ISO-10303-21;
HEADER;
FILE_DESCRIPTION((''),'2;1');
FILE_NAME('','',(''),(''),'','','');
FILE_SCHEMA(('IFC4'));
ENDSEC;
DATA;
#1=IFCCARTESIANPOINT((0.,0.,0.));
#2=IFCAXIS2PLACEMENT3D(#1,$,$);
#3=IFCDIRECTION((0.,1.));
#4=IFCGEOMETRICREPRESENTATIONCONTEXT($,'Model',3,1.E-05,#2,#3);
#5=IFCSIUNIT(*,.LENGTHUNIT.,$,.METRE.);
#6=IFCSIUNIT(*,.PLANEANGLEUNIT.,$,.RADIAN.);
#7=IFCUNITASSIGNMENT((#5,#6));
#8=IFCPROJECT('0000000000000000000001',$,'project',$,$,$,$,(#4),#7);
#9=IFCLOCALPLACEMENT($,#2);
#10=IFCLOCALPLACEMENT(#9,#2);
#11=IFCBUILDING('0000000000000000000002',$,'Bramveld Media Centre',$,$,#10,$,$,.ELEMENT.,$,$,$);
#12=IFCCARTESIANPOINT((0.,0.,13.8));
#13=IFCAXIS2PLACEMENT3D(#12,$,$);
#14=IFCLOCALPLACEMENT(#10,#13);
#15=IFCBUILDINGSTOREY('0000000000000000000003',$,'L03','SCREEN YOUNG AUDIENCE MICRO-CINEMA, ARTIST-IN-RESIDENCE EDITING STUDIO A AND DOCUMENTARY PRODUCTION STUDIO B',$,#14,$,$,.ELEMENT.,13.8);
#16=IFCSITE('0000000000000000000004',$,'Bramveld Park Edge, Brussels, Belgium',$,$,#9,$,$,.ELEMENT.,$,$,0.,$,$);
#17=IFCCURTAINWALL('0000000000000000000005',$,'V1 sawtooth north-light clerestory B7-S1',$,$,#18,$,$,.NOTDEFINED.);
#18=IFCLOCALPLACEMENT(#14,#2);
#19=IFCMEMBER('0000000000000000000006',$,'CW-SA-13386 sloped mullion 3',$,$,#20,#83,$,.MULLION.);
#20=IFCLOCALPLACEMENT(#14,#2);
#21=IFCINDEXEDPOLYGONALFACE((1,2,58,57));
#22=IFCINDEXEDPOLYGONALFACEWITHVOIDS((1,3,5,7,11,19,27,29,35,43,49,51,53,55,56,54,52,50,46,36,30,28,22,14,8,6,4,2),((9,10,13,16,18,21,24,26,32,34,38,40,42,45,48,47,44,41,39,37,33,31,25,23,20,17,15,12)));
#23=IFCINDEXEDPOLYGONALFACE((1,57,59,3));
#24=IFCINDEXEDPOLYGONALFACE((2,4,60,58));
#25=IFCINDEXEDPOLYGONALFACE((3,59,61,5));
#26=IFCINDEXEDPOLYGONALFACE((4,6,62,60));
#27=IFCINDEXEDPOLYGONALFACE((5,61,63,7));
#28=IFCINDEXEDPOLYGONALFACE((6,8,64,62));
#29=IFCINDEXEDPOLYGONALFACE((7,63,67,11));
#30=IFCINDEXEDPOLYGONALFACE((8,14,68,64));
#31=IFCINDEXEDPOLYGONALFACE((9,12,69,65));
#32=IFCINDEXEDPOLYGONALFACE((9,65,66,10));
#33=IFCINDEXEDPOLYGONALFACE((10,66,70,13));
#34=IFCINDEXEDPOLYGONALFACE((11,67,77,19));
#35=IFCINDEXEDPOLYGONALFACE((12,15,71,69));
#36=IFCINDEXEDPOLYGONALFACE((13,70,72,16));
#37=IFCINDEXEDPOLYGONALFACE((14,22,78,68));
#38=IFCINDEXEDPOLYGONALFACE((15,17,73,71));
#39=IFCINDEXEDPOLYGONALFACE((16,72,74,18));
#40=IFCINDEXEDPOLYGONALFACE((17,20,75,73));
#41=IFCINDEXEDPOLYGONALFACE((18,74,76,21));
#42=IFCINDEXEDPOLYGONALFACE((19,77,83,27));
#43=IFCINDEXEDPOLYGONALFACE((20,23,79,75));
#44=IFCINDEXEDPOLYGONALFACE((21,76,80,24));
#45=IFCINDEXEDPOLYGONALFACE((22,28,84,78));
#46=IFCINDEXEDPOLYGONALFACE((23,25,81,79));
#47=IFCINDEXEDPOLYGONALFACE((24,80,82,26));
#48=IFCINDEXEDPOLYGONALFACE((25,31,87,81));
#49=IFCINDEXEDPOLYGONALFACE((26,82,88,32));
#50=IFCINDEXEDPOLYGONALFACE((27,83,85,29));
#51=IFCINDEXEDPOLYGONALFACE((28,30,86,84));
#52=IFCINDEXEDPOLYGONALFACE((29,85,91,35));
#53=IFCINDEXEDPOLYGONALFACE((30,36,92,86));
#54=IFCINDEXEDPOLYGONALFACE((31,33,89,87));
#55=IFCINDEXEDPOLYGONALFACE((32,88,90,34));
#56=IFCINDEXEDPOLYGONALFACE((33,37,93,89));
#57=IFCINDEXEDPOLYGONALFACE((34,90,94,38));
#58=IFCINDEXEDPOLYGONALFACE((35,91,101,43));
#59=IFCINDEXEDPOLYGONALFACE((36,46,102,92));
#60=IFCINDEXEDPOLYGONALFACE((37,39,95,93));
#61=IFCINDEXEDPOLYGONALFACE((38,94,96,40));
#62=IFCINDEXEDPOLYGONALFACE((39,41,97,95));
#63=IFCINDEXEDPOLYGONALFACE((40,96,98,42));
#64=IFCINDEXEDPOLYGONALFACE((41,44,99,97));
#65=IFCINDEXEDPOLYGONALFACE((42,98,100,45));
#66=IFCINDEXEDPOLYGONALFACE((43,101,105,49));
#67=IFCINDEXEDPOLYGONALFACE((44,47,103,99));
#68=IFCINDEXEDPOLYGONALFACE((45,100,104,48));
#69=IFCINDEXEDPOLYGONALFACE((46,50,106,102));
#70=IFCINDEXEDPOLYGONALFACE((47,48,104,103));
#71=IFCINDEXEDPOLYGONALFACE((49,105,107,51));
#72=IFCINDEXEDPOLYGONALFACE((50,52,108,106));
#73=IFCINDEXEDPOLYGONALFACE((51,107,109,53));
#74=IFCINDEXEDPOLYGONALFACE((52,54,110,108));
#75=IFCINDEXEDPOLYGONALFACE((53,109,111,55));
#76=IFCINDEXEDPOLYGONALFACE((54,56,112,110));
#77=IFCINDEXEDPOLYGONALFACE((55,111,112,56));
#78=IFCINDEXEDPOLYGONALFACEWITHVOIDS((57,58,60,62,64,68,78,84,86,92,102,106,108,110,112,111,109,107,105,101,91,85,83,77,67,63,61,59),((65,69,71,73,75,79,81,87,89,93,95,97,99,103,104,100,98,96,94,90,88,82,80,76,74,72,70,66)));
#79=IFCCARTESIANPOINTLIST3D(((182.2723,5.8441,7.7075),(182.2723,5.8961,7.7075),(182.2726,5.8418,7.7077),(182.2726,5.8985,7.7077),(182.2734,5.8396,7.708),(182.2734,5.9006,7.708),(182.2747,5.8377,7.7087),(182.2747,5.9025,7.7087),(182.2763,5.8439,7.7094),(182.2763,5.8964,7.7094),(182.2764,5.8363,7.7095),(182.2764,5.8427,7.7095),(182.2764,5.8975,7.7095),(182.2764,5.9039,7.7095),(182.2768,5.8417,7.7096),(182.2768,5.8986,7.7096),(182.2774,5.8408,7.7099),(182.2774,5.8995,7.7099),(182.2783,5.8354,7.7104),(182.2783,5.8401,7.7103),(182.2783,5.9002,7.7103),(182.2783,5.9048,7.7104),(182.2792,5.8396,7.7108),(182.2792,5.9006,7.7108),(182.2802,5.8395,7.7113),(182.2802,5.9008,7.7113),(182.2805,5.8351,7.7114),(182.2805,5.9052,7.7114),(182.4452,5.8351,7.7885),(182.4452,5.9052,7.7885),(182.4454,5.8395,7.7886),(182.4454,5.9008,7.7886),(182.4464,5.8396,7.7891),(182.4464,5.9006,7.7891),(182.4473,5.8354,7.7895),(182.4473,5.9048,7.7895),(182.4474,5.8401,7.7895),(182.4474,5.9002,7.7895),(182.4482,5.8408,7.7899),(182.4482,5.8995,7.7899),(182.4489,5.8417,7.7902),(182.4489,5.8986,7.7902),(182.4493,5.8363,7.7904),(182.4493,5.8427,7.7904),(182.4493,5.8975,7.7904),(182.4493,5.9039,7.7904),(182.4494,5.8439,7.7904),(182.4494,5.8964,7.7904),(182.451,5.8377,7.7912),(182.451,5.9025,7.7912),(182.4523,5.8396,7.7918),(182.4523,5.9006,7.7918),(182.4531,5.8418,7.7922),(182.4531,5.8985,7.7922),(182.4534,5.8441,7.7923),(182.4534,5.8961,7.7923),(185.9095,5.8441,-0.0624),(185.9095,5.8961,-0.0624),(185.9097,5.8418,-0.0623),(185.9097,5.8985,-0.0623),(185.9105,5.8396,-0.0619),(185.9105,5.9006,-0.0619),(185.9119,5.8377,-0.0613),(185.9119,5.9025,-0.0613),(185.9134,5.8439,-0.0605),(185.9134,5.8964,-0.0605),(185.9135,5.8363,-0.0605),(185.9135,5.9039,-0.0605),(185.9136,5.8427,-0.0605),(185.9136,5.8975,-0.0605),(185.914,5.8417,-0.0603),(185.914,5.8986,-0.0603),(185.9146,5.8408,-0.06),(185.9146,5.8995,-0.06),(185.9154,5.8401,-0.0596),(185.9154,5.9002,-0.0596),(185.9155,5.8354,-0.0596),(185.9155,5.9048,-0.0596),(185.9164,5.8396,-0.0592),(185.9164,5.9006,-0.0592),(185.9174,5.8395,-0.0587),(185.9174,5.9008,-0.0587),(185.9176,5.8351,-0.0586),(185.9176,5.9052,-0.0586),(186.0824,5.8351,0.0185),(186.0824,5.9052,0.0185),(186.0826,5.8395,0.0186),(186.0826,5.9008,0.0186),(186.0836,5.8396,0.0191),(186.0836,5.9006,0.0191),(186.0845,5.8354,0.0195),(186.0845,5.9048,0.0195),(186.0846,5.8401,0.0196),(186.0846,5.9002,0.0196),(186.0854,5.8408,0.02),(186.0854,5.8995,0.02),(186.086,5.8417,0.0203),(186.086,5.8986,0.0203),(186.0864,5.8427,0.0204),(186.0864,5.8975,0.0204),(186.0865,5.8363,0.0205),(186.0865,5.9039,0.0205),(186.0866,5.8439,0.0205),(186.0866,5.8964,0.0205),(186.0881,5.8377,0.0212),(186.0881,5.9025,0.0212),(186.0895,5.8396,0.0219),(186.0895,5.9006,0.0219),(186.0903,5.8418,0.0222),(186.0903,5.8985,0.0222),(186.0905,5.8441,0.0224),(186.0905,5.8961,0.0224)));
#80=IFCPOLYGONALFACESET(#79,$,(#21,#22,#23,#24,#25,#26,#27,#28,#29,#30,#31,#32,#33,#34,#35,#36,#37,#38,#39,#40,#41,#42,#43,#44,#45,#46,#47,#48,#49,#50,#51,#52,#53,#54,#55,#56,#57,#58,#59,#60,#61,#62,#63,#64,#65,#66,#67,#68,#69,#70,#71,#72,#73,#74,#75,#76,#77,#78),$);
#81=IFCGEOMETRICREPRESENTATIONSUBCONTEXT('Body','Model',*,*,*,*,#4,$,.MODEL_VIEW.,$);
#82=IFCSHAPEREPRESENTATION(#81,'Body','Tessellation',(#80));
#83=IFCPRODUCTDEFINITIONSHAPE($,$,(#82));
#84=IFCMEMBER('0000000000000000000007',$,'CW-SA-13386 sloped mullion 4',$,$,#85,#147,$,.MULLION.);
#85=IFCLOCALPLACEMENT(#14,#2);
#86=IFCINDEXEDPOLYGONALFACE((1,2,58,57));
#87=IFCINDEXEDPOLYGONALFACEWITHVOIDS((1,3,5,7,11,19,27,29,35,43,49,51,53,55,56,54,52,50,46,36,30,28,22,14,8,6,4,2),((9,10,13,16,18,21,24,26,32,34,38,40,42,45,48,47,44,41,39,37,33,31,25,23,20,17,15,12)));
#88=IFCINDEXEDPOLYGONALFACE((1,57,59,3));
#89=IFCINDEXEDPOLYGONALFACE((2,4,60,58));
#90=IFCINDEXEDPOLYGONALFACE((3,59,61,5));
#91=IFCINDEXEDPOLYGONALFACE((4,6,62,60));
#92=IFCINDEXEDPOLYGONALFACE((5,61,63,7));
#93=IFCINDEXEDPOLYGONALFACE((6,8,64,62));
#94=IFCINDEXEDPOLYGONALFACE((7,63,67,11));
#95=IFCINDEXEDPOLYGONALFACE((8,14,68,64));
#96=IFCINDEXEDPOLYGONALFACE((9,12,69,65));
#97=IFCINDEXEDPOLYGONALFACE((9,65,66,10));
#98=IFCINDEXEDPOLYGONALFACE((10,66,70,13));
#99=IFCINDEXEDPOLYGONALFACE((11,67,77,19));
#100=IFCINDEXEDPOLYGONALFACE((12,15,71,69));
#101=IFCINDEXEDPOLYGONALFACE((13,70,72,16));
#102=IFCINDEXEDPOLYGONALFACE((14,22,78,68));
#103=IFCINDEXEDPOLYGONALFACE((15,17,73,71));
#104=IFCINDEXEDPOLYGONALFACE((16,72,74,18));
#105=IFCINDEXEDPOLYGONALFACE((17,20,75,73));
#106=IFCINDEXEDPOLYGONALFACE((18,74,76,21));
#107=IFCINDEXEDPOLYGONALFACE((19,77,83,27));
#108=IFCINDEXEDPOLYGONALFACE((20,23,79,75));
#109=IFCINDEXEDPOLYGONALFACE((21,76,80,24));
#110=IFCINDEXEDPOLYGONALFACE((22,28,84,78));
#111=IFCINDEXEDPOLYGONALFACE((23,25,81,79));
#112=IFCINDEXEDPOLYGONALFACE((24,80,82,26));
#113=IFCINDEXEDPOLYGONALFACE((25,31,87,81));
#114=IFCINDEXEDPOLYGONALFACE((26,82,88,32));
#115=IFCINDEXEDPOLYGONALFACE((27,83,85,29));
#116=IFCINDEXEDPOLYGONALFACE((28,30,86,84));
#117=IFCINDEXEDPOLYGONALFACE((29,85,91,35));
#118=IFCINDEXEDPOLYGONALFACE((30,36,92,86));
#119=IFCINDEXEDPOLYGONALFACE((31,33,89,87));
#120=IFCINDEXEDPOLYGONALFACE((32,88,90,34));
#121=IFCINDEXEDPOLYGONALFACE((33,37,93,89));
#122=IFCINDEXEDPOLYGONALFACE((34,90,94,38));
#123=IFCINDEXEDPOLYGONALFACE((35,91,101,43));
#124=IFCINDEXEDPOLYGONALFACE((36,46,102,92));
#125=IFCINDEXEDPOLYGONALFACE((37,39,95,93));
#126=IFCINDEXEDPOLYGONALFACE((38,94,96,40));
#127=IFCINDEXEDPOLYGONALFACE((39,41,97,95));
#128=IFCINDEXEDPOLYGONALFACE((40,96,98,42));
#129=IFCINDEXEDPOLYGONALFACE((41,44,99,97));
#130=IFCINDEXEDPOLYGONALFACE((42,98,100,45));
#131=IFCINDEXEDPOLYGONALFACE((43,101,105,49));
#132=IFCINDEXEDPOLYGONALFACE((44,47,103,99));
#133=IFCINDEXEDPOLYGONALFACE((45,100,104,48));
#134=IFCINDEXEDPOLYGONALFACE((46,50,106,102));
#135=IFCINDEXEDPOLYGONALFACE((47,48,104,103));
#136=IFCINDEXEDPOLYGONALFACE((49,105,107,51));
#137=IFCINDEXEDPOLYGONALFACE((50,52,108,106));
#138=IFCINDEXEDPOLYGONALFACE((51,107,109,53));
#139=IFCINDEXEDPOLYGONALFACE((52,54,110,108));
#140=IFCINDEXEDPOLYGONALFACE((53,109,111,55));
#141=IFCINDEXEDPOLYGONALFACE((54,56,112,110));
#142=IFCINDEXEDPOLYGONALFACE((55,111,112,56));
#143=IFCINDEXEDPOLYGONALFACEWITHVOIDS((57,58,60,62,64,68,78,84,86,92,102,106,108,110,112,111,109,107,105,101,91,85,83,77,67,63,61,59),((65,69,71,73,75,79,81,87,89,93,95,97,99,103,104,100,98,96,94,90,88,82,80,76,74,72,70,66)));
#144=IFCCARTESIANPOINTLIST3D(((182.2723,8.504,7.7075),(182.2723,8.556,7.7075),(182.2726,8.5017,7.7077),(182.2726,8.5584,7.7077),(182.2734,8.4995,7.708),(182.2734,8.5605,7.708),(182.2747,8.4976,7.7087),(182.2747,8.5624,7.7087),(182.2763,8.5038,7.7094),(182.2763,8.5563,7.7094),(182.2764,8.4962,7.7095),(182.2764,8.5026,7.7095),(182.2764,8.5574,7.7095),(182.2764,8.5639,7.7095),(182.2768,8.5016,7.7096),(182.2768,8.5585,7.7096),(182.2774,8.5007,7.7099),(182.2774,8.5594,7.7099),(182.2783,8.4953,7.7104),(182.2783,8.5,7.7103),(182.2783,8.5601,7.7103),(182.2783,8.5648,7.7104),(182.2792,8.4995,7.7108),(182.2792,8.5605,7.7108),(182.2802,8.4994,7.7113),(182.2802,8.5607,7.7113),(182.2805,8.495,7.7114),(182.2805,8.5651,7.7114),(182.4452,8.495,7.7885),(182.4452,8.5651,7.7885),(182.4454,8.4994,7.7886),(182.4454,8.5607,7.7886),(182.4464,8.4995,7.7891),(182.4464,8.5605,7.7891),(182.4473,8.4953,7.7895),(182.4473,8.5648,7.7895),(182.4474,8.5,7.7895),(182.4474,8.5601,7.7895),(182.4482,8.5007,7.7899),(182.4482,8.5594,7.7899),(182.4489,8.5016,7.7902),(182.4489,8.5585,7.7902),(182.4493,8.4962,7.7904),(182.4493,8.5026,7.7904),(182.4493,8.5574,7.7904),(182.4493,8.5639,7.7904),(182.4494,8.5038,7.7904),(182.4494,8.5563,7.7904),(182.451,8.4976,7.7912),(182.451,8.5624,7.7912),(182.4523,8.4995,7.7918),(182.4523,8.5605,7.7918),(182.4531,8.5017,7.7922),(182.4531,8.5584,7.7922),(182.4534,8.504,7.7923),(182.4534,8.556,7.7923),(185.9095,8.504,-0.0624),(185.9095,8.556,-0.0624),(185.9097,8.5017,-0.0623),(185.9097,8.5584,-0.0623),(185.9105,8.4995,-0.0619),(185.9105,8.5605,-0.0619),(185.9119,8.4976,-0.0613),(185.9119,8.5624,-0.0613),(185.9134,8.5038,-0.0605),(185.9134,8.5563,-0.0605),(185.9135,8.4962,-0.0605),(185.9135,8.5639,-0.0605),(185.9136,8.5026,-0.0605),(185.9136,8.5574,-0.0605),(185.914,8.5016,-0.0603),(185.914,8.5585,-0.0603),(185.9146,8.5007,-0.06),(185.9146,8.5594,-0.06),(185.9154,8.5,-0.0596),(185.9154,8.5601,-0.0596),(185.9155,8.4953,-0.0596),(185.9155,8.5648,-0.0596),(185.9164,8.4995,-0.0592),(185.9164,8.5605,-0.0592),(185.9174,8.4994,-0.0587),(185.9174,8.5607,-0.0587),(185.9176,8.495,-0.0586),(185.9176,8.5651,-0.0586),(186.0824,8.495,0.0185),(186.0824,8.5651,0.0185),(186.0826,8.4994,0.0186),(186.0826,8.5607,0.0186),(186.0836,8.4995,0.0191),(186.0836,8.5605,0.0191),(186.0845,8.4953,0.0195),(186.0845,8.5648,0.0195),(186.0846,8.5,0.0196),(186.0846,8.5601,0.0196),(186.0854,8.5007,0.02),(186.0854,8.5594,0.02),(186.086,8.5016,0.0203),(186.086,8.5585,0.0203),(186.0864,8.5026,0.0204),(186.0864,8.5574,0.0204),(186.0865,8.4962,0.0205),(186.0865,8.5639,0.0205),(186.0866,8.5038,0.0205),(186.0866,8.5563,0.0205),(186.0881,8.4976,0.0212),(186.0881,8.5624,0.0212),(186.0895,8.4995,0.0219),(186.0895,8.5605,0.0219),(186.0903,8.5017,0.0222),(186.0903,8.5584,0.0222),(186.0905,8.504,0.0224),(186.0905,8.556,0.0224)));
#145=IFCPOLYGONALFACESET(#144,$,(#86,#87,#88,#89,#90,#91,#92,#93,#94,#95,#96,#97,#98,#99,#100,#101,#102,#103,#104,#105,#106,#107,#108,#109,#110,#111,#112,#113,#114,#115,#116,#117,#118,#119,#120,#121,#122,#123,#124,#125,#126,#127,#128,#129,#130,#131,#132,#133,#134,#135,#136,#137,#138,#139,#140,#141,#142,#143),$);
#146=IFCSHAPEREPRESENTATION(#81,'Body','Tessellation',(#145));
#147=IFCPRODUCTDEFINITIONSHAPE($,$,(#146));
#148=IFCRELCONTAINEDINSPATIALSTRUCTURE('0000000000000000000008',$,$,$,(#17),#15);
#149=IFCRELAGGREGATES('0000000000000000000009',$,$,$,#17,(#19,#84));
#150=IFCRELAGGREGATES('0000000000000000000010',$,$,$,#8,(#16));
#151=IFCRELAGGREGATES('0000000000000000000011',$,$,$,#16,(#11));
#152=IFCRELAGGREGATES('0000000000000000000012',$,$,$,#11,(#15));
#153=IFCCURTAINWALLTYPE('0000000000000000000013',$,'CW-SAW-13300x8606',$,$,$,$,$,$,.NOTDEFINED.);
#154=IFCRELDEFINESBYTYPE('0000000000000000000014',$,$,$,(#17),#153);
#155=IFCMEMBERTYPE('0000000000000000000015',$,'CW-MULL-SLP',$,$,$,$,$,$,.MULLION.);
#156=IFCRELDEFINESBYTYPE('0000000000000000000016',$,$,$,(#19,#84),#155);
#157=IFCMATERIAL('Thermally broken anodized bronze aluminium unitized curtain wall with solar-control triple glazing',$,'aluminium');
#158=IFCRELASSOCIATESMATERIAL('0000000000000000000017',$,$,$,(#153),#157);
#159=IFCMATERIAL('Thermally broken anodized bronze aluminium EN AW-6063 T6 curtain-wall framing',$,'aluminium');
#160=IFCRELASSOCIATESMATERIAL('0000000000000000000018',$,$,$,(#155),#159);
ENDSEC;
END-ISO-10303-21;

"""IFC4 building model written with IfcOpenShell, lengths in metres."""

from ifc_helpers import new_model, si_unit, direction, frame, origin, origin_2d, place, context, subcontext, project, spatial, hollow_rectangle, extrude, material, material_profile, profile_set, type_object, element, aggregate, save


model = new_model("IFC4")

# Units and contexts
model_context = context("Model", 3, precision=1e-05, world=origin(), true_north=direction((0.0, 1.0)))
body_context = subcontext(model_context, "Body", "Model", "MODEL_VIEW")
ifc_project = project(units=[si_unit("LENGTHUNIT", "METRE"), si_unit("PLANEANGLEUNIT", "RADIAN")], contexts=[model_context])

# Site, building, storey
site_placement = place(None, origin())
site = spatial("IfcSite", under=ifc_project, at=site_placement, Name="Bramveld Park Edge, Brussels, Belgium", CompositionType="ELEMENT", RefElevation=0.0)
building_placement = place(site_placement, origin())
building = spatial("IfcBuilding", under=site, at=building_placement, Name="Bramveld Media Centre", CompositionType="ELEMENT")
storey_placement = place(building_placement, frame((0.0, 0.0, 13.8)))
storey = spatial("IfcBuildingStorey", under=building, at=storey_placement, Name="L03", Description="SCREEN YOUNG AUDIENCE MICRO-CINEMA, ARTIST-IN-RESIDENCE EDITING STUDIO A AND DOCUMENTARY PRODUCTION STUDIO B", CompositionType="ELEMENT", Elevation=13.8)

# Curtain wall, members
ifc_material_1 = material(Name="Thermally broken anodized bronze aluminium unitized curtain wall with solar-control triple glazing", Category="aluminium")
curtain_wall_type = type_object("IfcCurtainWallType", Name="CW-SAW-13300x8606", PredefinedType="NOTDEFINED", material=ifc_material_1)
curtain_wall_placement = place(storey_placement, origin())
curtain_wall = element("IfcCurtainWall", 1, at=curtain_wall_placement, inside=storey, type_object=curtain_wall_type, Name="V1 sawtooth north-light clerestory B7-S1", PredefinedType="NOTDEFINED")
ifc_material_2 = material(Name="Thermally broken anodized bronze aluminium EN AW-6063 T6 curtain-wall framing", Category="aluminium")
ifc_material_profile_1 = material_profile(ifc_material_2, hollow_rectangle(XDim=0.0701, YDim=0.2, WallThickness=0.0044, InnerFilletRadius=0.0044, OuterFilletRadius=0.009, at=origin_2d()), Name="AL-MULL 70x200")
ifc_profile_set_1 = profile_set([ifc_material_profile_1], Name="Thermally broken anodized bronze aluminium EN AW-6063 T6 curtain-wall framing")
member_type_1 = type_object("IfcMemberType", Name="CW-MULL-SLP", PredefinedType="MULLION", material=ifc_profile_set_1)
member_1_placement = place(storey_placement, frame((186.0, 5.8701, -0.02), z_axis=(-0.423957, 0.0, 0.905682), x_axis=(0.0, -1.0, 0.0)))
member_1 = element("IfcMember", 2, at=member_1_placement, type_object=member_type_1, Name="CW-SA-13386 sloped mullion 3", PredefinedType="MULLION", context=body_context, shape_type="SweptSolid", body=[
    extrude(hollow_rectangle(XDim=0.0701, YDim=0.2, WallThickness=0.0044, InnerFilletRadius=0.0044, OuterFilletRadius=0.009, at=origin_2d()), origin(), (0.0, 0.0, 1.0), 8.5791),
])
member_2_placement = place(storey_placement, frame((186.0, 8.53, -0.02), z_axis=(-0.423957, 0.0, 0.905682), x_axis=(0.0, -1.0, 0.0)))
member_2 = element("IfcMember", 3, at=member_2_placement, type_object=member_type_1, Name="CW-SA-13386 sloped mullion 4", PredefinedType="MULLION", context=body_context, shape_type="SweptSolid", body=[
    extrude(hollow_rectangle(XDim=0.0701, YDim=0.2, WallThickness=0.0044, InnerFilletRadius=0.0044, OuterFilletRadius=0.009, at=origin_2d()), origin(), (0.0, 0.0, 1.0), 8.5791),
])

aggregate(curtain_wall, [member_1, member_2])

save(model, "model.ifc")
